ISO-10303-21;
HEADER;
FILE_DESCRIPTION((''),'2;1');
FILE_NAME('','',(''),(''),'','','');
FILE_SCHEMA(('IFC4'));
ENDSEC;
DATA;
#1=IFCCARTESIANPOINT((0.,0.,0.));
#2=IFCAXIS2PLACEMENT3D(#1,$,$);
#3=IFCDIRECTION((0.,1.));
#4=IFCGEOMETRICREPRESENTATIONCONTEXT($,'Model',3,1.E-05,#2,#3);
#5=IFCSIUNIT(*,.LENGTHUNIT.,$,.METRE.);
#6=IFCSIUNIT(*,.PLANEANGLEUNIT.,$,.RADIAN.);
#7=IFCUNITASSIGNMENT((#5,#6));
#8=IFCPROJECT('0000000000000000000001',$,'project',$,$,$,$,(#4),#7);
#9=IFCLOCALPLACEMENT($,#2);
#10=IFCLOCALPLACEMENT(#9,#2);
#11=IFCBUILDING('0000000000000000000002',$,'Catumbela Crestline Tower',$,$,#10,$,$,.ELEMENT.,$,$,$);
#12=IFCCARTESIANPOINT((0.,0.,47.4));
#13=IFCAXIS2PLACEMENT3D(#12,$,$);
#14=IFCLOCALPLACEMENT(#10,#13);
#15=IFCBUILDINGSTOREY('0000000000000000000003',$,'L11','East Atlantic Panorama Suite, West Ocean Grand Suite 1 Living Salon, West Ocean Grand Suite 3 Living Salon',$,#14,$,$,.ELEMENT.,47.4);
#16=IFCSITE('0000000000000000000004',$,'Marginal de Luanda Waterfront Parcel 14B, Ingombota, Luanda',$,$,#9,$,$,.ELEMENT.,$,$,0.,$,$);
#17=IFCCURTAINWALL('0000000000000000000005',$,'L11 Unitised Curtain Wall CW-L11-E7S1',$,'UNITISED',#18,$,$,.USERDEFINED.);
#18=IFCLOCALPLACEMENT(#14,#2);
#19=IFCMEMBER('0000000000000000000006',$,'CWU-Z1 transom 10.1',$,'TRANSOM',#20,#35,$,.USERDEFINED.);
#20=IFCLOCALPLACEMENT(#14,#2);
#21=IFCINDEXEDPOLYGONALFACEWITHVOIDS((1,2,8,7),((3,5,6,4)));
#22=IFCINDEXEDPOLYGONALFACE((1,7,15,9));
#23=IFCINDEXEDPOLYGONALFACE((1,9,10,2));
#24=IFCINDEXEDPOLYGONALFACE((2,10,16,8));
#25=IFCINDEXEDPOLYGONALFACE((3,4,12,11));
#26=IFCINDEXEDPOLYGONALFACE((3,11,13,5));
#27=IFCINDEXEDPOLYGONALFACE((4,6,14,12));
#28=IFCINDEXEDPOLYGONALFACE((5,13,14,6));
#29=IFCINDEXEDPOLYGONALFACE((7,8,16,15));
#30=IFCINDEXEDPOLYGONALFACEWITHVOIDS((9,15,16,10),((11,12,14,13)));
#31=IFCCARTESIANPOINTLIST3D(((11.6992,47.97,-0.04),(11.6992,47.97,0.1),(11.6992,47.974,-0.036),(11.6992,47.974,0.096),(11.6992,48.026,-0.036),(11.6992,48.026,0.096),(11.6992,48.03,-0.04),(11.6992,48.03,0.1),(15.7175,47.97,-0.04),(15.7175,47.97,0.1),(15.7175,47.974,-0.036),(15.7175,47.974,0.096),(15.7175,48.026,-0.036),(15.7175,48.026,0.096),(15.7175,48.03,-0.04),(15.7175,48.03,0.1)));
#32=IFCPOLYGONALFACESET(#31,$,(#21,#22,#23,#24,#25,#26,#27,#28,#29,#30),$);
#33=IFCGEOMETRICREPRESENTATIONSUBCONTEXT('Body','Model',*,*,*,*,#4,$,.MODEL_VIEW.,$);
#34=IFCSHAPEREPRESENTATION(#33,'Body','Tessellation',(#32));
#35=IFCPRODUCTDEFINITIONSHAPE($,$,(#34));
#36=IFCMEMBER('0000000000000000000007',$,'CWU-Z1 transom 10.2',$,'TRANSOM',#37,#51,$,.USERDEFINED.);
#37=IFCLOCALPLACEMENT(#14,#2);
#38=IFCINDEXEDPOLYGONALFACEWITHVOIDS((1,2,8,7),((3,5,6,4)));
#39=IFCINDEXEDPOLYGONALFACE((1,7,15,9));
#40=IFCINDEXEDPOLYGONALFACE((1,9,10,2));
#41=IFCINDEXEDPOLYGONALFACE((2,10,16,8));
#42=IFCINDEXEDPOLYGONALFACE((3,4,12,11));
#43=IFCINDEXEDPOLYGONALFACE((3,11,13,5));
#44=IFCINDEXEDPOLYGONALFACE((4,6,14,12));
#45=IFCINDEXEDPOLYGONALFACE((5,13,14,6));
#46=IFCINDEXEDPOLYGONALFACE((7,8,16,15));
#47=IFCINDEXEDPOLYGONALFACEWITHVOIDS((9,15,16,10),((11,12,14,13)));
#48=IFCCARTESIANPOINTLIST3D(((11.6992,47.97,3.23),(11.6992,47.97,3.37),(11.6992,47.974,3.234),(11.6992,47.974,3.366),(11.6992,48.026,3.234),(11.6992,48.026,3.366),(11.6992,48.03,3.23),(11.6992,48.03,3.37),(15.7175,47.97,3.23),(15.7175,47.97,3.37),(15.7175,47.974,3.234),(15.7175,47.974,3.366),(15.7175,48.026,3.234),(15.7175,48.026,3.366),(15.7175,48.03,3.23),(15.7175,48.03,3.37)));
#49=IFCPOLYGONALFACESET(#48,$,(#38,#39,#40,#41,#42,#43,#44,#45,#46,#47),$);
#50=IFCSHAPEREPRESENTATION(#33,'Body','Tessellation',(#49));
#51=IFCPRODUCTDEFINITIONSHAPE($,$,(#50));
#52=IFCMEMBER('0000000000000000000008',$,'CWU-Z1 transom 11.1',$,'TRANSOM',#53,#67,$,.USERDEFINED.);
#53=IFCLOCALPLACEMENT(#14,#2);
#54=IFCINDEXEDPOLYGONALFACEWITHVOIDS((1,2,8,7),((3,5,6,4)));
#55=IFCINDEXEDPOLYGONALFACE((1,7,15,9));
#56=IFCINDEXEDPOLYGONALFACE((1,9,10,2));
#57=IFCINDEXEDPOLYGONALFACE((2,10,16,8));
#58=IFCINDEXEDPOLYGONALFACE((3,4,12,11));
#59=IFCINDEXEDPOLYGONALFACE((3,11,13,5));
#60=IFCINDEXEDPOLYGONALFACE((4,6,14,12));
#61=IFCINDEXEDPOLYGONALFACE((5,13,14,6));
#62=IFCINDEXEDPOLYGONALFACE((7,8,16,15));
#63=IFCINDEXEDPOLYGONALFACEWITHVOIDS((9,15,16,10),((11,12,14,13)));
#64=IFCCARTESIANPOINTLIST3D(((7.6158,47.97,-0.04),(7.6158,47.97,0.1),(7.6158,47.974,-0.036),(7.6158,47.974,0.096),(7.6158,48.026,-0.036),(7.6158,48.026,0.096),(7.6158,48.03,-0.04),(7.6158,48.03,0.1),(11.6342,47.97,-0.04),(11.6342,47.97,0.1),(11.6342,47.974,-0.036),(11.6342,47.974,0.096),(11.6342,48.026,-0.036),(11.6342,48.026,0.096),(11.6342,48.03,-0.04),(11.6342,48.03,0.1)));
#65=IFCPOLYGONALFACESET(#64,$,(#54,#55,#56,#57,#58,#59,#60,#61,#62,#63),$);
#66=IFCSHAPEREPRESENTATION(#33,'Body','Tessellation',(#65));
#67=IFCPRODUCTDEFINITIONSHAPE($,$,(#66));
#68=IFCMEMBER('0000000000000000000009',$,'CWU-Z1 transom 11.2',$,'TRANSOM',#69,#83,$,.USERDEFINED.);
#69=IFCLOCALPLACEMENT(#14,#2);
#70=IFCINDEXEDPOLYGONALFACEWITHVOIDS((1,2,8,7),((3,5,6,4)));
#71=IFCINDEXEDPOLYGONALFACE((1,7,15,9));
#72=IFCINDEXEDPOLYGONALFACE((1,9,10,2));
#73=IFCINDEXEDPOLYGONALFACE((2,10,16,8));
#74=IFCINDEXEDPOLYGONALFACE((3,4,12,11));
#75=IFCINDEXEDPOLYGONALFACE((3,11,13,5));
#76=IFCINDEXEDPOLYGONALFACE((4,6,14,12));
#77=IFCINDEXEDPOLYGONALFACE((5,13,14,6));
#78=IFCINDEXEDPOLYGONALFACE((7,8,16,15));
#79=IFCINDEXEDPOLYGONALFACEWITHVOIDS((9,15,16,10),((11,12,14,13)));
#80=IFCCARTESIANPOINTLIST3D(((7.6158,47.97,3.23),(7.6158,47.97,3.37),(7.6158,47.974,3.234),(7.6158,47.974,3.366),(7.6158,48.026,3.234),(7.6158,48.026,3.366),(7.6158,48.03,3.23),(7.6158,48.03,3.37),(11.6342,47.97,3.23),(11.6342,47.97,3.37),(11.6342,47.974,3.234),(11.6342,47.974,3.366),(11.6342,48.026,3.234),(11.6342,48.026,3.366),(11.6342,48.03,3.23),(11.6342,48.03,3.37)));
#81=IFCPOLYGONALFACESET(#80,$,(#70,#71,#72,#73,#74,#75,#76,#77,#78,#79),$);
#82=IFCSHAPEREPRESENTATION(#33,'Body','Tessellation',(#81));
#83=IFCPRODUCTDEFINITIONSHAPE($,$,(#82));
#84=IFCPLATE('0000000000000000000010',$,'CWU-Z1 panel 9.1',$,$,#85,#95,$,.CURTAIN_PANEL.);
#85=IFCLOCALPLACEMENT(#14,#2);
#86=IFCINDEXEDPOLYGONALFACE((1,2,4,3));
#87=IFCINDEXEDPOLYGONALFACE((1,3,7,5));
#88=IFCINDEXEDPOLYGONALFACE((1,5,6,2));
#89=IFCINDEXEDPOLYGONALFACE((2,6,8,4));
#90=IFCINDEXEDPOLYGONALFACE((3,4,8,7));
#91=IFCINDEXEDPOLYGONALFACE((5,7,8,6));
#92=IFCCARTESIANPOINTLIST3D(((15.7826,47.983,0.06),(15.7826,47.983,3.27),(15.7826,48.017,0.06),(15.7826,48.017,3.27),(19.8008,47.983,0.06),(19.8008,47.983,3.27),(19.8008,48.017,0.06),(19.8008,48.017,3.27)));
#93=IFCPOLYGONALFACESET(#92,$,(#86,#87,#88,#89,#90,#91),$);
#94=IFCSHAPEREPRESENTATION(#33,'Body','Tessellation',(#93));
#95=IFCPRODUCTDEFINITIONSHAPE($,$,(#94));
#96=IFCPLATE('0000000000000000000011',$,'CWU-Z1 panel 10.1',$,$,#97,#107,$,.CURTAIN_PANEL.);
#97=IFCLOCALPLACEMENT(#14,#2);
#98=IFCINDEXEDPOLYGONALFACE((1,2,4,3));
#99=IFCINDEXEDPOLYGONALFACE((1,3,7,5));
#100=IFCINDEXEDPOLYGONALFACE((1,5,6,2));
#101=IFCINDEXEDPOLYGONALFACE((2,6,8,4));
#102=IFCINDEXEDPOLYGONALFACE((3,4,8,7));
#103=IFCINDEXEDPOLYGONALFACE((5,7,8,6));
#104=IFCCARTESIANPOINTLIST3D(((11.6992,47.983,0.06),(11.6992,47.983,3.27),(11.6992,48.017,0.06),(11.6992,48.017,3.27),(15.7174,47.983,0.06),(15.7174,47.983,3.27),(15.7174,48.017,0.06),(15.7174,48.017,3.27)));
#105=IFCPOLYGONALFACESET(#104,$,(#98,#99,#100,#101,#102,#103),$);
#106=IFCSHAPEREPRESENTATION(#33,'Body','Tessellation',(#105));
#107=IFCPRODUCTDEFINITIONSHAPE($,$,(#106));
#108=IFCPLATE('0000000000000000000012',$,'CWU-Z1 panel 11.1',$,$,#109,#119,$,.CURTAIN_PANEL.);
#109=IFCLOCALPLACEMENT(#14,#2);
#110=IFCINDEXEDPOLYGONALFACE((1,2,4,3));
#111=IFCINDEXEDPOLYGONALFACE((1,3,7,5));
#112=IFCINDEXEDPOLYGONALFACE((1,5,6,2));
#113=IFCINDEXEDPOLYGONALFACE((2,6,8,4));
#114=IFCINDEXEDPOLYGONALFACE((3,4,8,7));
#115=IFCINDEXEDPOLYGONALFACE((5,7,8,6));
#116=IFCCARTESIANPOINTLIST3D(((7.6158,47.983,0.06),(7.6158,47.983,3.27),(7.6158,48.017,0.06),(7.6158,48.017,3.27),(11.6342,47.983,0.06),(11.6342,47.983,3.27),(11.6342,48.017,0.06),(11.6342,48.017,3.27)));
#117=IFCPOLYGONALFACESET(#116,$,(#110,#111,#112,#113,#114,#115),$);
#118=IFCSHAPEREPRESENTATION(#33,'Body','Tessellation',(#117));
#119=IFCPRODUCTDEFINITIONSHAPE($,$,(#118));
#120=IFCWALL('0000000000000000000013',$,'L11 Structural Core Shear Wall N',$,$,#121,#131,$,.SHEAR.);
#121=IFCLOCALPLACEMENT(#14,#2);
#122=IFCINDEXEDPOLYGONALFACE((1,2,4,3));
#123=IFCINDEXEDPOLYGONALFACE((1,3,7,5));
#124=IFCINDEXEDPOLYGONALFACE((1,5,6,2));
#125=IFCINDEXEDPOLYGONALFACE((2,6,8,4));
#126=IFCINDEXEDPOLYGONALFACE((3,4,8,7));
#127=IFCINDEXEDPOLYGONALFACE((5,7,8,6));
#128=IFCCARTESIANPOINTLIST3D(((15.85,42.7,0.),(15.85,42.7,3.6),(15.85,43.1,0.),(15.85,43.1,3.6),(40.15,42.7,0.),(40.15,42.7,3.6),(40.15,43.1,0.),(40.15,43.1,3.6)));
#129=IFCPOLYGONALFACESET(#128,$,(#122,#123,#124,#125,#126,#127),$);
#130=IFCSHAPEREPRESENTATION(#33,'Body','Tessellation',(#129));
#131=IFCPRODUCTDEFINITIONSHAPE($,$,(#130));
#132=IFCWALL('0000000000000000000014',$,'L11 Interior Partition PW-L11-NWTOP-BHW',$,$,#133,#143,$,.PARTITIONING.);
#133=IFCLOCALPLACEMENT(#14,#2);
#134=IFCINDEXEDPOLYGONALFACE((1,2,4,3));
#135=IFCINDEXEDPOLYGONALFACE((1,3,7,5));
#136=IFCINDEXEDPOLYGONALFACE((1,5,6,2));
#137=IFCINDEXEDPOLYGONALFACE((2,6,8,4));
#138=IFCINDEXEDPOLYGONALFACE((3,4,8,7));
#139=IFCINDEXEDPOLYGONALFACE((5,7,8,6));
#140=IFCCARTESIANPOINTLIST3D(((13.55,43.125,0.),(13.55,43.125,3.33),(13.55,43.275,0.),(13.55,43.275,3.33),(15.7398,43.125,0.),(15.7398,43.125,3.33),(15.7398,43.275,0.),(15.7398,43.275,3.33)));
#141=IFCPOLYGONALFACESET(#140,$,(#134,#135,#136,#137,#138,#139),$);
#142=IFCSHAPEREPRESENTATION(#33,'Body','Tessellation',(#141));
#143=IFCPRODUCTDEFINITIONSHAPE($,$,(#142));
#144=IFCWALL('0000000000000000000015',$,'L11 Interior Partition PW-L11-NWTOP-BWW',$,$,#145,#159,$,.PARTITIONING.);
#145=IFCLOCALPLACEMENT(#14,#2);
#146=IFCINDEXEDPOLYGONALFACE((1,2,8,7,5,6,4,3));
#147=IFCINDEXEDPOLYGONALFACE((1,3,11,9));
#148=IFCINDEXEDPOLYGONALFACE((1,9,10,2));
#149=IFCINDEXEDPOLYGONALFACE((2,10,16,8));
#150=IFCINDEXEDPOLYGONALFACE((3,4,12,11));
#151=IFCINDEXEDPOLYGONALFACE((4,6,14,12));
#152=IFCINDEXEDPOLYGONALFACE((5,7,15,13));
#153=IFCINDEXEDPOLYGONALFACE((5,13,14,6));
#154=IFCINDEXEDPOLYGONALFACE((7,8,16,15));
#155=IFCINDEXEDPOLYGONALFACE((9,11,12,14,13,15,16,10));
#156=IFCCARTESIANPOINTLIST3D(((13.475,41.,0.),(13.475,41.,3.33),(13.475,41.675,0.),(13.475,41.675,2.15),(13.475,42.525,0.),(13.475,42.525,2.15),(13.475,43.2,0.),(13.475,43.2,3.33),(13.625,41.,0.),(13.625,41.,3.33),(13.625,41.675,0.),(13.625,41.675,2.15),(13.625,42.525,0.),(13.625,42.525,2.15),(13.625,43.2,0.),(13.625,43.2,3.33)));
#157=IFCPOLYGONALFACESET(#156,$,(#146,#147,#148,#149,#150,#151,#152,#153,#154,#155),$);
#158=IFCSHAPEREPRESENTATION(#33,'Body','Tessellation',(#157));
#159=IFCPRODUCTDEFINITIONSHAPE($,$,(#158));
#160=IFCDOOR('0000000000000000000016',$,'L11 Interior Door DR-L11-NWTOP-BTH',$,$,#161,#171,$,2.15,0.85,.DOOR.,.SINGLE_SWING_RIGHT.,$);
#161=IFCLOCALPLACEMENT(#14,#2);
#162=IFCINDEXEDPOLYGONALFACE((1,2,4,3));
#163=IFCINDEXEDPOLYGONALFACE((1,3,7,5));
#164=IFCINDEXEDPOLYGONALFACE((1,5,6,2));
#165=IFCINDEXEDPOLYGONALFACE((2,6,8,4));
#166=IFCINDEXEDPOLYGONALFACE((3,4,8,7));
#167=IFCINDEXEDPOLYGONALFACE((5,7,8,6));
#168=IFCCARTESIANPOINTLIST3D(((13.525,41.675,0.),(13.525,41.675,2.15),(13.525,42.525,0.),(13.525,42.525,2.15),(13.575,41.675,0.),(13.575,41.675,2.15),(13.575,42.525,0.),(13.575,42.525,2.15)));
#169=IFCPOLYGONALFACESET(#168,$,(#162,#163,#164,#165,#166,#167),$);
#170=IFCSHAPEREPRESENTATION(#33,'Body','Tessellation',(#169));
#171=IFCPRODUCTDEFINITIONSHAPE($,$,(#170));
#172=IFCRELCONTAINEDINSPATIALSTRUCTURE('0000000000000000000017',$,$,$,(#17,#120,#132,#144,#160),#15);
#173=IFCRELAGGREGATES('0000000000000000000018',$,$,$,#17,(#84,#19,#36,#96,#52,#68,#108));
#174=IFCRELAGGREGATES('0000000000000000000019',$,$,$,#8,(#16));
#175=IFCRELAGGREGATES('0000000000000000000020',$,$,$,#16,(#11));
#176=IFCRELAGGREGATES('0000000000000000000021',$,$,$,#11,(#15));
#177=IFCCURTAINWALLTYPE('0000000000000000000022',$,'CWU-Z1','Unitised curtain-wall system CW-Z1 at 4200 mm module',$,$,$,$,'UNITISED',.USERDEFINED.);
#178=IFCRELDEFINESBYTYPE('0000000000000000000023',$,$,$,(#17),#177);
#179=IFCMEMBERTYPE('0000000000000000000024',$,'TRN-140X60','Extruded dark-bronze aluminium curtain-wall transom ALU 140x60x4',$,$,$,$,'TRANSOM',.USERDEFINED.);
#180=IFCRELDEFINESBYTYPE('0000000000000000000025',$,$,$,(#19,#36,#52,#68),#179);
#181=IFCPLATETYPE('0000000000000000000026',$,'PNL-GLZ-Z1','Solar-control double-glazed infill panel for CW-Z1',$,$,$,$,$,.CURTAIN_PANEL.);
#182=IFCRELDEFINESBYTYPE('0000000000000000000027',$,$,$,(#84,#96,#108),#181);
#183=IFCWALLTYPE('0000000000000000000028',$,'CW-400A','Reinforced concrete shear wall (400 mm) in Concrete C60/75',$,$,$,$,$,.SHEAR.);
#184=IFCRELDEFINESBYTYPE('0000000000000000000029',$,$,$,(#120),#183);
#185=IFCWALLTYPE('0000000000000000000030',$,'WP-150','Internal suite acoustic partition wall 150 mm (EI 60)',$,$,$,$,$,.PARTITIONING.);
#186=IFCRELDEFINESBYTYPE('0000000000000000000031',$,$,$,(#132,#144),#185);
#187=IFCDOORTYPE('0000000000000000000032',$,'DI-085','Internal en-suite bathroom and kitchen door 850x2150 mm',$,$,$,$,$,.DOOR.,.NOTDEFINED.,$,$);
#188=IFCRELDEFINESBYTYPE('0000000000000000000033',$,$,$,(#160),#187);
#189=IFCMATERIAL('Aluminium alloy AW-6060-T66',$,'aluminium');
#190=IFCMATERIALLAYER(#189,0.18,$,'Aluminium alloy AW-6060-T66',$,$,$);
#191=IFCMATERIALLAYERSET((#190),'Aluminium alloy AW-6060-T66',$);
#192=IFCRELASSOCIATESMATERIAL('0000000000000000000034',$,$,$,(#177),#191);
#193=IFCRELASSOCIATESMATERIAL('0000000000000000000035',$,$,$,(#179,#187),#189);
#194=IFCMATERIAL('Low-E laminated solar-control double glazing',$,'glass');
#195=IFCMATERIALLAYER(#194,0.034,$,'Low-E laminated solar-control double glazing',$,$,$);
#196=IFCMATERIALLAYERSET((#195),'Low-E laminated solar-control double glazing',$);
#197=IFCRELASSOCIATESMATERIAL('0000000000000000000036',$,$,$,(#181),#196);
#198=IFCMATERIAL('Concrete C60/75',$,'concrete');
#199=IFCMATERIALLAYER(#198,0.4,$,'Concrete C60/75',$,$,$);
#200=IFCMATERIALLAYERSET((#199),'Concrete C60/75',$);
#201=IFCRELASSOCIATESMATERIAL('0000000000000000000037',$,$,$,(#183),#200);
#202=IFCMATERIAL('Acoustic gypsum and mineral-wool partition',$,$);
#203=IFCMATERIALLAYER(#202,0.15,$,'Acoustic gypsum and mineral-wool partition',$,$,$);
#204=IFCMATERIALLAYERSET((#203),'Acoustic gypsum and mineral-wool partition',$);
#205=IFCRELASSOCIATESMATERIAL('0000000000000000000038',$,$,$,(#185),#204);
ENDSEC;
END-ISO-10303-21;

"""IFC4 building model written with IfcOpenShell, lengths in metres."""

from ifc_helpers import new_model, si_unit, direction, frame, frame_2d, origin, origin_2d, place, context, subcontext, project, spatial, rectangle, hollow_rectangle, extrude, material, layer, layer_set, material_profile, profile_set, type_object, element, fill, aggregate, save


model = new_model("IFC4")

# Units and contexts
model_context = context("Model", 3, precision=1e-05, world=origin(), true_north=direction((0.0, 1.0)))
body_context = subcontext(model_context, "Body", "Model", "MODEL_VIEW")
ifc_project = project(units=[si_unit("LENGTHUNIT", "METRE"), si_unit("PLANEANGLEUNIT", "RADIAN")], contexts=[model_context])

# Site, building, storey
site_placement = place(None, origin())
site = spatial("IfcSite", under=ifc_project, at=site_placement, Name="Marginal de Luanda Waterfront Parcel 14B, Ingombota, Luanda", CompositionType="ELEMENT", RefElevation=0.0)
building_placement = place(site_placement, origin())
building = spatial("IfcBuilding", under=site, at=building_placement, Name="Catumbela Crestline Tower", CompositionType="ELEMENT")
storey_placement = place(building_placement, frame((0.0, 0.0, 47.4)))
storey = spatial("IfcBuildingStorey", under=building, at=storey_placement, Name="L11", Description="East Atlantic Panorama Suite, West Ocean Grand Suite 1 Living Salon, West Ocean Grand Suite 3 Living Salon", CompositionType="ELEMENT", Elevation=47.4)

# Curtain wall
ifc_material_1 = material(Name="Aluminium alloy AW-6060-T66", Category="aluminium")
ifc_layer_1 = layer(ifc_material_1, 0.18, Name="Aluminium alloy AW-6060-T66")
ifc_layer_set_1 = layer_set([ifc_layer_1], Name="Aluminium alloy AW-6060-T66")
curtain_wall_type = type_object("IfcCurtainWallType", Name="CWU-Z1", Description="Unitised curtain-wall system CW-Z1 at 4200 mm module", ElementType="UNITISED", PredefinedType="USERDEFINED", material=ifc_layer_set_1)
curtain_wall_placement = place(storey_placement, origin())
curtain_wall = element("IfcCurtainWall", 1, at=curtain_wall_placement, inside=storey, type_object=curtain_wall_type, Name="L11 Unitised Curtain Wall CW-L11-E7S1", ObjectType="UNITISED", PredefinedType="USERDEFINED")

# Members
ifc_material_profile_1 = material_profile(ifc_material_1, hollow_rectangle(XDim=0.06, YDim=0.14, WallThickness=0.004, at=origin_2d()), Name="ALU 140x60x4")
ifc_profile_set_1 = profile_set([ifc_material_profile_1], Name="Aluminium alloy AW-6060-T66")
member_type_1 = type_object("IfcMemberType", Name="TRN-140X60", Description="Extruded dark-bronze aluminium curtain-wall transom ALU 140x60x4", ElementType="TRANSOM", PredefinedType="USERDEFINED", material=ifc_profile_set_1)
member_1_placement = place(storey_placement, frame((15.7175, 48.0, 0.03), z_axis=(-1.0, 0.0, 0.0), x_axis=(0.0, -1.0, 0.0)))
member_1 = element("IfcMember", 2, at=member_1_placement, type_object=member_type_1, Name="CWU-Z1 transom 10.1", ObjectType="TRANSOM", PredefinedType="USERDEFINED", context=body_context, shape_type="SweptSolid", body=[
    extrude(hollow_rectangle(XDim=0.06, YDim=0.14, WallThickness=0.004, at=origin_2d()), origin(), (0.0, 0.0, 1.0), 4.0183),
])
member_2_placement = place(storey_placement, frame((15.7175, 48.0, 3.3), z_axis=(-1.0, 0.0, 0.0), x_axis=(0.0, -1.0, 0.0)))
member_2 = element("IfcMember", 3, at=member_2_placement, type_object=member_type_1, Name="CWU-Z1 transom 10.2", ObjectType="TRANSOM", PredefinedType="USERDEFINED", context=body_context, shape_type="SweptSolid", body=[
    extrude(hollow_rectangle(XDim=0.06, YDim=0.14, WallThickness=0.004, at=origin_2d()), origin(), (0.0, 0.0, 1.0), 4.0183),
])
member_3_placement = place(storey_placement, frame((11.6342, 48.0, 0.03), z_axis=(-1.0, 0.0, 0.0), x_axis=(0.0, -1.0, 0.0)))
member_3 = element("IfcMember", 4, at=member_3_placement, type_object=member_type_1, Name="CWU-Z1 transom 11.1", ObjectType="TRANSOM", PredefinedType="USERDEFINED", context=body_context, shape_type="SweptSolid", body=[
    extrude(hollow_rectangle(XDim=0.06, YDim=0.14, WallThickness=0.004, at=origin_2d()), origin(), (0.0, 0.0, 1.0), 4.0184),
])
member_4_placement = place(storey_placement, frame((11.6342, 48.0, 3.3), z_axis=(-1.0, 0.0, 0.0), x_axis=(0.0, -1.0, 0.0)))
member_4 = element("IfcMember", 5, at=member_4_placement, type_object=member_type_1, Name="CWU-Z1 transom 11.2", ObjectType="TRANSOM", PredefinedType="USERDEFINED", context=body_context, shape_type="SweptSolid", body=[
    extrude(hollow_rectangle(XDim=0.06, YDim=0.14, WallThickness=0.004, at=origin_2d()), origin(), (0.0, 0.0, 1.0), 4.0184),
])

# Plates
ifc_material_2 = material(Name="Low-E laminated solar-control double glazing", Category="glass")
ifc_layer_2 = layer(ifc_material_2, 0.034, Name="Low-E laminated solar-control double glazing")
ifc_layer_set_2 = layer_set([ifc_layer_2], Name="Low-E laminated solar-control double glazing")
plate_type = type_object("IfcPlateType", Name="PNL-GLZ-Z1", Description="Solar-control double-glazed infill panel for CW-Z1", PredefinedType="CURTAIN_PANEL", material=ifc_layer_set_2)
plate_1_placement = place(storey_placement, frame((17.7917, 48.0, 0.06), z_axis=(0.0, 0.0, 1.0), x_axis=(-1.0, 0.0, 0.0)))
plate_1 = element("IfcPlate", 6, at=plate_1_placement, type_object=plate_type, Name="CWU-Z1 panel 9.1", PredefinedType="CURTAIN_PANEL", context=body_context, shape_type="SweptSolid", body=[
    extrude(rectangle(XDim=4.0183, YDim=0.034, at=origin_2d()), origin(), (0.0, 0.0, 1.0), 3.21),
])
plate_2_placement = place(storey_placement, frame((13.7083, 48.0, 0.06), z_axis=(0.0, 0.0, 1.0), x_axis=(-1.0, 0.0, 0.0)))
plate_2 = element("IfcPlate", 7, at=plate_2_placement, type_object=plate_type, Name="CWU-Z1 panel 10.1", PredefinedType="CURTAIN_PANEL", context=body_context, shape_type="SweptSolid", body=[
    extrude(rectangle(XDim=4.0183, YDim=0.034, at=origin_2d()), origin(), (0.0, 0.0, 1.0), 3.21),
])
plate_3_placement = place(storey_placement, frame((9.625, 48.0, 0.06), z_axis=(0.0, 0.0, 1.0), x_axis=(-1.0, 0.0, 0.0)))
plate_3 = element("IfcPlate", 8, at=plate_3_placement, type_object=plate_type, Name="CWU-Z1 panel 11.1", PredefinedType="CURTAIN_PANEL", context=body_context, shape_type="SweptSolid", body=[
    extrude(rectangle(XDim=4.0183, YDim=0.034, at=origin_2d()), origin(), (0.0, 0.0, 1.0), 3.21),
])
aggregate(curtain_wall, [plate_1, member_1, member_2, plate_2, member_3, member_4, plate_3])

# Walls
ifc_material_3 = material(Name="Concrete C60/75", Category="concrete")
ifc_layer_3 = layer(ifc_material_3, 0.4, Name="Concrete C60/75")
ifc_layer_set_3 = layer_set([ifc_layer_3], Name="Concrete C60/75")
wall_type_1 = type_object("IfcWallType", Name="CW-400A", Description="Reinforced concrete shear wall (400 mm) in Concrete C60/75", PredefinedType="SHEAR", material=ifc_layer_set_3)
wall_1_placement = place(storey_placement, frame((15.85, 42.9, 0.0), z_axis=(0.0, 0.0, 1.0), x_axis=(1.0, 0.0, 0.0)))
element("IfcWall", 9, at=wall_1_placement, inside=storey, type_object=wall_type_1, Name="L11 Structural Core Shear Wall N", PredefinedType="SHEAR", context=body_context, shape_type="SweptSolid", body=[
    extrude(rectangle(XDim=24.3, YDim=0.4, at=frame_2d((12.15, 0.0))), origin(), (0.0, 0.0, 1.0), 3.6),
])
ifc_material_4 = material(Name="Acoustic gypsum and mineral-wool partition")
ifc_layer_4 = layer(ifc_material_4, 0.15, Name="Acoustic gypsum and mineral-wool partition")
ifc_layer_set_4 = layer_set([ifc_layer_4], Name="Acoustic gypsum and mineral-wool partition")
wall_type_2 = type_object("IfcWallType", Name="WP-150", Description="Internal suite acoustic partition wall 150 mm (EI 60)", PredefinedType="PARTITIONING", material=ifc_layer_set_4)
wall_2_placement = place(storey_placement, frame((13.55, 43.2, 0.0), z_axis=(0.0, 0.0, 1.0), x_axis=(1.0, 0.0, 0.0)))
element("IfcWall", 10, at=wall_2_placement, inside=storey, type_object=wall_type_2, Name="L11 Interior Partition PW-L11-NWTOP-BHW", PredefinedType="PARTITIONING", context=body_context, shape_type="SweptSolid", body=[
    extrude(rectangle(XDim=2.1897, YDim=0.15, at=frame_2d((1.0949, 0.0))), origin(), (0.0, 0.0, 1.0), 3.33),
])

# Wall, opening, door
wall_3_placement = place(storey_placement, frame((13.55, 41.0, 0.0), z_axis=(0.0, 0.0, 1.0), x_axis=(0.0, 1.0, 0.0)))
wall_3 = element("IfcWall", 11, at=wall_3_placement, inside=storey, type_object=wall_type_2, Name="L11 Interior Partition PW-L11-NWTOP-BWW", PredefinedType="PARTITIONING", context=body_context, shape_type="SweptSolid", body=[
    extrude(rectangle(XDim=2.2, YDim=0.15, at=frame_2d((1.1, 0.0))), origin(), (0.0, 0.0, 1.0), 3.33),
])
opening_1_placement = place(wall_3_placement, frame((0.675, 0.0, 0.0)))
opening_1 = element("IfcOpeningElement", 12, at=opening_1_placement, cuts=wall_3, PredefinedType="OPENING", context=body_context, shape_type="SweptSolid", body=[
    extrude(rectangle(XDim=0.85, YDim=2.15, at=frame_2d((0.425, 1.075))), frame((0.0, 0.085, 0.0), z_axis=(0.0, -1.0, 0.0), x_axis=(1.0, 0.0, 0.0)), (0.0, 0.0, 1.0), 0.17),
])
door_type = type_object("IfcDoorType", Name="DI-085", Description="Internal en-suite bathroom and kitchen door 850x2150 mm", OperationType="NOTDEFINED", PredefinedType="DOOR", material=ifc_material_1)
door_1_placement = place(opening_1_placement, origin())
door_1 = element("IfcDoor", 13, at=door_1_placement, inside=storey, type_object=door_type, Name="L11 Interior Door DR-L11-NWTOP-BTH", OperationType="SINGLE_SWING_RIGHT", OverallHeight=2.15, OverallWidth=0.85, PredefinedType="DOOR", context=body_context, shape_type="SweptSolid", body=[
    extrude(rectangle(XDim=0.85, YDim=2.15, at=frame_2d((0.425, 1.075))), frame((0.0, 0.025, 0.0), z_axis=(0.0, -1.0, 0.0), x_axis=(1.0, 0.0, 0.0)), (0.0, 0.0, 1.0), 0.05),
])
fill(opening_1, door_1)

save(model, "model.ifc")
